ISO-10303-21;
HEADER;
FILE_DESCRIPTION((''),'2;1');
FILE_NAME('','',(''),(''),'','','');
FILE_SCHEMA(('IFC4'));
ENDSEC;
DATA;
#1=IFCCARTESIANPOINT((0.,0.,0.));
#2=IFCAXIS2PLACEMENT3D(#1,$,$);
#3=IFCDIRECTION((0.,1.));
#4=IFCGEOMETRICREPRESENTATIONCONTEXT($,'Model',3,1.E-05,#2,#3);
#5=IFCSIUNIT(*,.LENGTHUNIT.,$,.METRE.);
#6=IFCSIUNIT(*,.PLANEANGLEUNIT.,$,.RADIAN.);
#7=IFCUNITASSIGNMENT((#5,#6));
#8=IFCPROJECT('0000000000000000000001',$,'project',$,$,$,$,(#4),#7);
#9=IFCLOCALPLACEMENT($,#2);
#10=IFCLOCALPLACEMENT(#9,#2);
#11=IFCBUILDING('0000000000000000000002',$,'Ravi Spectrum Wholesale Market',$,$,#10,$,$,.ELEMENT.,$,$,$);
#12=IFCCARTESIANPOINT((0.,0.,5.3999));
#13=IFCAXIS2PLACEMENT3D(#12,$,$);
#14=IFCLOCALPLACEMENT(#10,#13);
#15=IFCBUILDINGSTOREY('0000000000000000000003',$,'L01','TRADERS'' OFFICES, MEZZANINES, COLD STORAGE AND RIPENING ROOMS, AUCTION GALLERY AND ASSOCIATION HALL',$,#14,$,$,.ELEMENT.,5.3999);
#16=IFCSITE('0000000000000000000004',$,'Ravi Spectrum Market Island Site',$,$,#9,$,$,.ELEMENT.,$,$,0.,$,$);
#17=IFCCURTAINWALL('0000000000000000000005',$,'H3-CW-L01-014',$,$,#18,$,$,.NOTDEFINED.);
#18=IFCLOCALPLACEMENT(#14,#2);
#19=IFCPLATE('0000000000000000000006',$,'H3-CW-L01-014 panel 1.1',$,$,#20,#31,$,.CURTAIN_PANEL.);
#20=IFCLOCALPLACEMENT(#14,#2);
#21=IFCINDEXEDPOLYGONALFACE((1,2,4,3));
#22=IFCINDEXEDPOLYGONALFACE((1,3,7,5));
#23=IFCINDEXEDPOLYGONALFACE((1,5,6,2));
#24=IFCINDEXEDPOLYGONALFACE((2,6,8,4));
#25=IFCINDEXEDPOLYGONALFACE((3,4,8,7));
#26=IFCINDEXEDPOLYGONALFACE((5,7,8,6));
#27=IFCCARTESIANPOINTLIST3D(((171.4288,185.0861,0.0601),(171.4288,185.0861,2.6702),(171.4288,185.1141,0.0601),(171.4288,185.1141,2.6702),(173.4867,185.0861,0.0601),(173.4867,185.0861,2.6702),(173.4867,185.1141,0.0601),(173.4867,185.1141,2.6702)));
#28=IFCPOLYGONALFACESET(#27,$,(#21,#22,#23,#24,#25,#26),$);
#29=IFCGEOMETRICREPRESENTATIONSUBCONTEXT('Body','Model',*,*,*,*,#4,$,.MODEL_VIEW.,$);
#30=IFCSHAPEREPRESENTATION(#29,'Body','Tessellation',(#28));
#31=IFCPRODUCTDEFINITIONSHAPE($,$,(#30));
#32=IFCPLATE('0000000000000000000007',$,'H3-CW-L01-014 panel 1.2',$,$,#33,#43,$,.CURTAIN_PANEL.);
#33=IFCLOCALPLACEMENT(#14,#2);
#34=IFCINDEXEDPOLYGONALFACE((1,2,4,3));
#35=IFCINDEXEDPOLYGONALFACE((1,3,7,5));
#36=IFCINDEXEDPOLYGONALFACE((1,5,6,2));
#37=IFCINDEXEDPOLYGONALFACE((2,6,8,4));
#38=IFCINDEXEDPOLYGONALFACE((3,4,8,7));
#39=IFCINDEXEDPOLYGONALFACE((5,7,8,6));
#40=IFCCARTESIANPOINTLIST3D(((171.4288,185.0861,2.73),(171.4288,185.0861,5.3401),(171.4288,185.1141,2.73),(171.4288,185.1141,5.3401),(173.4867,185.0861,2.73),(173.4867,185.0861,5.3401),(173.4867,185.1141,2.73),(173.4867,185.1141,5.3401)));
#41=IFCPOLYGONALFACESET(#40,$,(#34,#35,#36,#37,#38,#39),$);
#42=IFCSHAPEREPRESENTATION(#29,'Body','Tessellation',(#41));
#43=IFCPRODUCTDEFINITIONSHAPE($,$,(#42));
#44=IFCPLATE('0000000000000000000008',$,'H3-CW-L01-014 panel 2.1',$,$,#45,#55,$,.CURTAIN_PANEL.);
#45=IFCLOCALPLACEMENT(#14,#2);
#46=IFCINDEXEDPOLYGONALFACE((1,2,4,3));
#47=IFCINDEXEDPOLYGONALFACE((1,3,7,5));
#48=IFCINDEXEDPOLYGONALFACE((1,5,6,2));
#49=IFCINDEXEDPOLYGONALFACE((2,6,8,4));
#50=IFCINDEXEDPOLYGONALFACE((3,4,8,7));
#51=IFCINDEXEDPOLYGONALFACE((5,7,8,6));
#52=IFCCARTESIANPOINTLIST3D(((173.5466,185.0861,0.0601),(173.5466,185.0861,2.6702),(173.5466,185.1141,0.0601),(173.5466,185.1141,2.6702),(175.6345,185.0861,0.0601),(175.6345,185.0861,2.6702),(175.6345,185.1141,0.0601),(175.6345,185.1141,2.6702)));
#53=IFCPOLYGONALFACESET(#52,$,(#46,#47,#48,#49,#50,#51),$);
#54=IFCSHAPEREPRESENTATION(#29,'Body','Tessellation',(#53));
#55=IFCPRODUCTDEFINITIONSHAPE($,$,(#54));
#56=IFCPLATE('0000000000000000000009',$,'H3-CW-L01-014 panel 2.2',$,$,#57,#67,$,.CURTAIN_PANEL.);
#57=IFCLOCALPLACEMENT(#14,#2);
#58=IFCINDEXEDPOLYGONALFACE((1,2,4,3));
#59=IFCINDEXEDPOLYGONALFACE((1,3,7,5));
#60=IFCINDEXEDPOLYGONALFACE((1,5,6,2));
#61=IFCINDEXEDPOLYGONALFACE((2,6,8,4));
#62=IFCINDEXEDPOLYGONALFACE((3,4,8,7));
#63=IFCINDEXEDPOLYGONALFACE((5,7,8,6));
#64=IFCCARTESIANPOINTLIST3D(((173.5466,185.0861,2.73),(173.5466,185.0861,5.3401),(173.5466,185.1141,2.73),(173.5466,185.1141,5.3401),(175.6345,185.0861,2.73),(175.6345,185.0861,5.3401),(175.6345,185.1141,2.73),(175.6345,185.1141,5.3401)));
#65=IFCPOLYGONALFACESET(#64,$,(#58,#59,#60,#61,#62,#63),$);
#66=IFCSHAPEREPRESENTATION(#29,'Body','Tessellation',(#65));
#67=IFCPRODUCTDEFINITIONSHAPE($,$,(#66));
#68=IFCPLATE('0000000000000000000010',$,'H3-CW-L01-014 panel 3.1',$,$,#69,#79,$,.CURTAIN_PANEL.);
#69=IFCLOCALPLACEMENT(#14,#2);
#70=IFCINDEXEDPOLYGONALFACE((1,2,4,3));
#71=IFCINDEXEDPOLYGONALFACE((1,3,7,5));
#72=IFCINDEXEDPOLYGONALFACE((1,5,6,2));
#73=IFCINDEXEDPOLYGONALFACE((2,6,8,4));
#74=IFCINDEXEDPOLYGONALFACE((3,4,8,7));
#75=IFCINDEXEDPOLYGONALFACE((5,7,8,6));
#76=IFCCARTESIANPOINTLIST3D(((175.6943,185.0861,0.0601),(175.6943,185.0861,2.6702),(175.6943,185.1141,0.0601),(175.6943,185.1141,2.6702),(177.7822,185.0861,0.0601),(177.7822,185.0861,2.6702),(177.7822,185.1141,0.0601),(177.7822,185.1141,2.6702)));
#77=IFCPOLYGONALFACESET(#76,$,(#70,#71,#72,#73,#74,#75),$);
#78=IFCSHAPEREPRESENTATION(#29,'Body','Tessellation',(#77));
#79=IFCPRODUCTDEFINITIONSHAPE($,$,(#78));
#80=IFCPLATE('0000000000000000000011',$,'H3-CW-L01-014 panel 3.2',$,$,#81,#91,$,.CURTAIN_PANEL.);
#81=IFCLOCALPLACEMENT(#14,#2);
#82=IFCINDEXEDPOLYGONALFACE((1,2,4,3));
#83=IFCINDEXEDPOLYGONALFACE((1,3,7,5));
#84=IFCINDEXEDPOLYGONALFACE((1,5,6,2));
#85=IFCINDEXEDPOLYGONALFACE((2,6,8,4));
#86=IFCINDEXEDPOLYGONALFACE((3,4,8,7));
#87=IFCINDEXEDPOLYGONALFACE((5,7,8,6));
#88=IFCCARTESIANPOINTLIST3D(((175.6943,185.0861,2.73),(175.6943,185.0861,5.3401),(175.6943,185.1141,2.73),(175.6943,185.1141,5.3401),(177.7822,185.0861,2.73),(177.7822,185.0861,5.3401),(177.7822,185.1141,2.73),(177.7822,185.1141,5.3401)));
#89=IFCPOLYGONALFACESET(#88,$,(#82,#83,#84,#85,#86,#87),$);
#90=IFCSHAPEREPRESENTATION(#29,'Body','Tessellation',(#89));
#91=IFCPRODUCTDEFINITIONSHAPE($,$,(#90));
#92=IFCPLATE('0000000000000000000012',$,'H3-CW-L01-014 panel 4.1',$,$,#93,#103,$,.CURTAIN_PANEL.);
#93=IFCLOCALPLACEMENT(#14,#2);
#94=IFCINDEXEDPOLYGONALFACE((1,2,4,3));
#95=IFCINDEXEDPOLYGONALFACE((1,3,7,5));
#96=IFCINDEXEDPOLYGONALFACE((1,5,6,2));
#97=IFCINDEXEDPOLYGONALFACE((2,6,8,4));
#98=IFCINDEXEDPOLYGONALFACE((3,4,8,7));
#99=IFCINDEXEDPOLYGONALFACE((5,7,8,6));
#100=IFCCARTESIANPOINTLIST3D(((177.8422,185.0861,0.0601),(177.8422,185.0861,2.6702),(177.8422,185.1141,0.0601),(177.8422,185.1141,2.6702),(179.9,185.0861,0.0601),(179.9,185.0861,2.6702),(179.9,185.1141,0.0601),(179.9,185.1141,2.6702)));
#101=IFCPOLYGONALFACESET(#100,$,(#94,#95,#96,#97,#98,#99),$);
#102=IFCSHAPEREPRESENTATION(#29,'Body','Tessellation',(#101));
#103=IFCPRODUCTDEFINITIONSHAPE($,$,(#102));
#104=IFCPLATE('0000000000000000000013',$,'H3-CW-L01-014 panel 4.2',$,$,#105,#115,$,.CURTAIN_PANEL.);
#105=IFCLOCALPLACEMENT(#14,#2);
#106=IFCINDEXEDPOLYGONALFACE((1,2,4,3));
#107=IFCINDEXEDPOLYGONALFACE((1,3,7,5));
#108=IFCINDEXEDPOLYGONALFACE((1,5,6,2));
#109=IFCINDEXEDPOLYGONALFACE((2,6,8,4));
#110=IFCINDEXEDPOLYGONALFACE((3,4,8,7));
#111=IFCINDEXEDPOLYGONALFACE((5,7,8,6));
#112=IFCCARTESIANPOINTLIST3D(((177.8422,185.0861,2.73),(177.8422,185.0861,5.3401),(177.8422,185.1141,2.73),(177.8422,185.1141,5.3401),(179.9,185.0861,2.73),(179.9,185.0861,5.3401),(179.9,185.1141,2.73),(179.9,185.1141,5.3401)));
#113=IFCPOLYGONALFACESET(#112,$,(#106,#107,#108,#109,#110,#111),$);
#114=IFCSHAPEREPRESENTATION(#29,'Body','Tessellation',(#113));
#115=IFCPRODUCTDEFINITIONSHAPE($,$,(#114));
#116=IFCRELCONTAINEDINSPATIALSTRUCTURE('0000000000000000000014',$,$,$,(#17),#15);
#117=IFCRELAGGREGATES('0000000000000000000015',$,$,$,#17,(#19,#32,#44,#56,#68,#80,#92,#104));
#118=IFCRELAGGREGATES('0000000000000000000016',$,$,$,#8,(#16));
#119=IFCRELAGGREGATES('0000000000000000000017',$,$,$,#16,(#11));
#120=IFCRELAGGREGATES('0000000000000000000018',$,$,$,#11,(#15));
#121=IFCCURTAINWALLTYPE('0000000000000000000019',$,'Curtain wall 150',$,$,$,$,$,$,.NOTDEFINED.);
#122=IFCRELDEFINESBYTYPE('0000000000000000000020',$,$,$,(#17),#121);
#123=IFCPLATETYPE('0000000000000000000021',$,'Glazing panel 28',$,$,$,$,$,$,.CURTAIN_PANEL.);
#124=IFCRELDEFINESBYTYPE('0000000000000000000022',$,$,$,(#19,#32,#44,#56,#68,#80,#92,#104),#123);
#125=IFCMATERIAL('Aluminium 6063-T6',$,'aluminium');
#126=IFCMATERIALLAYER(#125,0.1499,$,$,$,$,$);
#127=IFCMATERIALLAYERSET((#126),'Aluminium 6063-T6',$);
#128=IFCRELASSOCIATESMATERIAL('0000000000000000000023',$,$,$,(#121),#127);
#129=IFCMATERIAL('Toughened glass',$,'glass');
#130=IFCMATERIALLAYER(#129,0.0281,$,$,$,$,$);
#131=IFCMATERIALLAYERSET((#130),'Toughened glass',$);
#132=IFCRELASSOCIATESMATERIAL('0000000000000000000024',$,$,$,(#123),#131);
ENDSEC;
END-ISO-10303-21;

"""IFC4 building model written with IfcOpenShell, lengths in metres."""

from ifc_helpers import new_model, si_unit, direction, frame, origin, origin_2d, place, context, subcontext, project, spatial, rectangle, extrude, material, layer, layer_set, type_object, element, aggregate, save


model = new_model("IFC4")

# Units and contexts
model_context = context("Model", 3, precision=1e-05, world=origin(), true_north=direction((0.0, 1.0)))
body_context = subcontext(model_context, "Body", "Model", "MODEL_VIEW")
ifc_project = project(units=[si_unit("LENGTHUNIT", "METRE"), si_unit("PLANEANGLEUNIT", "RADIAN")], contexts=[model_context])

# Site, building, storey
site_placement = place(None, origin())
site = spatial("IfcSite", under=ifc_project, at=site_placement, Name="Ravi Spectrum Market Island Site", CompositionType="ELEMENT", RefElevation=0.0)
building_placement = place(site_placement, origin())
building = spatial("IfcBuilding", under=site, at=building_placement, Name="Ravi Spectrum Wholesale Market", CompositionType="ELEMENT")
storey_placement = place(building_placement, frame((0.0, 0.0, 5.3999)))
storey = spatial("IfcBuildingStorey", under=building, at=storey_placement, Name="L01", Description="TRADERS' OFFICES, MEZZANINES, COLD STORAGE AND RIPENING ROOMS, AUCTION GALLERY AND ASSOCIATION HALL", CompositionType="ELEMENT", Elevation=5.3999)

# Curtain wall, plates
ifc_material_1 = material(Name="Aluminium 6063-T6", Category="aluminium")
ifc_layer_1 = layer(ifc_material_1, 0.1499)
ifc_layer_set_1 = layer_set([ifc_layer_1], Name="Aluminium 6063-T6")
curtain_wall_type = type_object("IfcCurtainWallType", Name="Curtain wall 150", PredefinedType="NOTDEFINED", material=ifc_layer_set_1)
curtain_wall_placement = place(storey_placement, origin())
curtain_wall = element("IfcCurtainWall", 1, at=curtain_wall_placement, inside=storey, type_object=curtain_wall_type, Name="H3-CW-L01-014", PredefinedType="NOTDEFINED")
ifc_material_2 = material(Name="Toughened glass", Category="glass")
ifc_layer_2 = layer(ifc_material_2, 0.0281)
ifc_layer_set_2 = layer_set([ifc_layer_2], Name="Toughened glass")
plate_type = type_object("IfcPlateType", Name="Glazing panel 28", PredefinedType="CURTAIN_PANEL", material=ifc_layer_set_2)
plate_1_placement = place(storey_placement, frame((172.4578, 185.1001, 0.0601), z_axis=(0.0, 0.0, 1.0), x_axis=(1.0, 0.0, 0.0)))
plate_1 = element("IfcPlate", 2, at=plate_1_placement, type_object=plate_type, Name="H3-CW-L01-014 panel 1.1", PredefinedType="CURTAIN_PANEL", context=body_context, shape_type="SweptSolid", body=[
    extrude(rectangle(XDim=2.0579, YDim=0.0281, at=origin_2d()), origin(), (0.0, 0.0, 1.0), 2.6101),
])
plate_2_placement = place(storey_placement, frame((172.4578, 185.1001, 2.73), z_axis=(0.0, 0.0, 1.0), x_axis=(1.0, 0.0, 0.0)))
plate_2 = element("IfcPlate", 3, at=plate_2_placement, type_object=plate_type, Name="H3-CW-L01-014 panel 1.2", PredefinedType="CURTAIN_PANEL", context=body_context, shape_type="SweptSolid", body=[
    extrude(rectangle(XDim=2.0579, YDim=0.0281, at=origin_2d()), origin(), (0.0, 0.0, 1.0), 2.6101),
])
plate_3_placement = place(storey_placement, frame((174.5906, 185.1001, 0.0601), z_axis=(0.0, 0.0, 1.0), x_axis=(1.0, 0.0, 0.0)))
plate_3 = element("IfcPlate", 4, at=plate_3_placement, type_object=plate_type, Name="H3-CW-L01-014 panel 2.1", PredefinedType="CURTAIN_PANEL", context=body_context, shape_type="SweptSolid", body=[
    extrude(rectangle(XDim=2.0879, YDim=0.0281, at=origin_2d()), origin(), (0.0, 0.0, 1.0), 2.6101),
])
plate_4_placement = place(storey_placement, frame((174.5906, 185.1001, 2.73), z_axis=(0.0, 0.0, 1.0), x_axis=(1.0, 0.0, 0.0)))
plate_4 = element("IfcPlate", 5, at=plate_4_placement, type_object=plate_type, Name="H3-CW-L01-014 panel 2.2", PredefinedType="CURTAIN_PANEL", context=body_context, shape_type="SweptSolid", body=[
    extrude(rectangle(XDim=2.0879, YDim=0.0281, at=origin_2d()), origin(), (0.0, 0.0, 1.0), 2.6101),
])
plate_5_placement = place(storey_placement, frame((176.7383, 185.1001, 0.0601), z_axis=(0.0, 0.0, 1.0), x_axis=(1.0, 0.0, 0.0)))
plate_5 = element("IfcPlate", 6, at=plate_5_placement, type_object=plate_type, Name="H3-CW-L01-014 panel 3.1", PredefinedType="CURTAIN_PANEL", context=body_context, shape_type="SweptSolid", body=[
    extrude(rectangle(XDim=2.0879, YDim=0.0281, at=origin_2d()), origin(), (0.0, 0.0, 1.0), 2.6101),
])
plate_6_placement = place(storey_placement, frame((176.7383, 185.1001, 2.73), z_axis=(0.0, 0.0, 1.0), x_axis=(1.0, 0.0, 0.0)))
plate_6 = element("IfcPlate", 7, at=plate_6_placement, type_object=plate_type, Name="H3-CW-L01-014 panel 3.2", PredefinedType="CURTAIN_PANEL", context=body_context, shape_type="SweptSolid", body=[
    extrude(rectangle(XDim=2.0879, YDim=0.0281, at=origin_2d()), origin(), (0.0, 0.0, 1.0), 2.6101),
])
plate_7_placement = place(storey_placement, frame((178.8711, 185.1001, 0.0601), z_axis=(0.0, 0.0, 1.0), x_axis=(1.0, 0.0, 0.0)))
plate_7 = element("IfcPlate", 8, at=plate_7_placement, type_object=plate_type, Name="H3-CW-L01-014 panel 4.1", PredefinedType="CURTAIN_PANEL", context=body_context, shape_type="SweptSolid", body=[
    extrude(rectangle(XDim=2.0579, YDim=0.0281, at=origin_2d()), origin(), (0.0, 0.0, 1.0), 2.6101),
])
plate_8_placement = place(storey_placement, frame((178.8711, 185.1001, 2.73), z_axis=(0.0, 0.0, 1.0), x_axis=(1.0, 0.0, 0.0)))
plate_8 = element("IfcPlate", 9, at=plate_8_placement, type_object=plate_type, Name="H3-CW-L01-014 panel 4.2", PredefinedType="CURTAIN_PANEL", context=body_context, shape_type="SweptSolid", body=[
    extrude(rectangle(XDim=2.0579, YDim=0.0281, at=origin_2d()), origin(), (0.0, 0.0, 1.0), 2.6101),
])
aggregate(curtain_wall, [plate_1, plate_2, plate_3, plate_4, plate_5, plate_6, plate_7, plate_8])

save(model, "model.ifc")
